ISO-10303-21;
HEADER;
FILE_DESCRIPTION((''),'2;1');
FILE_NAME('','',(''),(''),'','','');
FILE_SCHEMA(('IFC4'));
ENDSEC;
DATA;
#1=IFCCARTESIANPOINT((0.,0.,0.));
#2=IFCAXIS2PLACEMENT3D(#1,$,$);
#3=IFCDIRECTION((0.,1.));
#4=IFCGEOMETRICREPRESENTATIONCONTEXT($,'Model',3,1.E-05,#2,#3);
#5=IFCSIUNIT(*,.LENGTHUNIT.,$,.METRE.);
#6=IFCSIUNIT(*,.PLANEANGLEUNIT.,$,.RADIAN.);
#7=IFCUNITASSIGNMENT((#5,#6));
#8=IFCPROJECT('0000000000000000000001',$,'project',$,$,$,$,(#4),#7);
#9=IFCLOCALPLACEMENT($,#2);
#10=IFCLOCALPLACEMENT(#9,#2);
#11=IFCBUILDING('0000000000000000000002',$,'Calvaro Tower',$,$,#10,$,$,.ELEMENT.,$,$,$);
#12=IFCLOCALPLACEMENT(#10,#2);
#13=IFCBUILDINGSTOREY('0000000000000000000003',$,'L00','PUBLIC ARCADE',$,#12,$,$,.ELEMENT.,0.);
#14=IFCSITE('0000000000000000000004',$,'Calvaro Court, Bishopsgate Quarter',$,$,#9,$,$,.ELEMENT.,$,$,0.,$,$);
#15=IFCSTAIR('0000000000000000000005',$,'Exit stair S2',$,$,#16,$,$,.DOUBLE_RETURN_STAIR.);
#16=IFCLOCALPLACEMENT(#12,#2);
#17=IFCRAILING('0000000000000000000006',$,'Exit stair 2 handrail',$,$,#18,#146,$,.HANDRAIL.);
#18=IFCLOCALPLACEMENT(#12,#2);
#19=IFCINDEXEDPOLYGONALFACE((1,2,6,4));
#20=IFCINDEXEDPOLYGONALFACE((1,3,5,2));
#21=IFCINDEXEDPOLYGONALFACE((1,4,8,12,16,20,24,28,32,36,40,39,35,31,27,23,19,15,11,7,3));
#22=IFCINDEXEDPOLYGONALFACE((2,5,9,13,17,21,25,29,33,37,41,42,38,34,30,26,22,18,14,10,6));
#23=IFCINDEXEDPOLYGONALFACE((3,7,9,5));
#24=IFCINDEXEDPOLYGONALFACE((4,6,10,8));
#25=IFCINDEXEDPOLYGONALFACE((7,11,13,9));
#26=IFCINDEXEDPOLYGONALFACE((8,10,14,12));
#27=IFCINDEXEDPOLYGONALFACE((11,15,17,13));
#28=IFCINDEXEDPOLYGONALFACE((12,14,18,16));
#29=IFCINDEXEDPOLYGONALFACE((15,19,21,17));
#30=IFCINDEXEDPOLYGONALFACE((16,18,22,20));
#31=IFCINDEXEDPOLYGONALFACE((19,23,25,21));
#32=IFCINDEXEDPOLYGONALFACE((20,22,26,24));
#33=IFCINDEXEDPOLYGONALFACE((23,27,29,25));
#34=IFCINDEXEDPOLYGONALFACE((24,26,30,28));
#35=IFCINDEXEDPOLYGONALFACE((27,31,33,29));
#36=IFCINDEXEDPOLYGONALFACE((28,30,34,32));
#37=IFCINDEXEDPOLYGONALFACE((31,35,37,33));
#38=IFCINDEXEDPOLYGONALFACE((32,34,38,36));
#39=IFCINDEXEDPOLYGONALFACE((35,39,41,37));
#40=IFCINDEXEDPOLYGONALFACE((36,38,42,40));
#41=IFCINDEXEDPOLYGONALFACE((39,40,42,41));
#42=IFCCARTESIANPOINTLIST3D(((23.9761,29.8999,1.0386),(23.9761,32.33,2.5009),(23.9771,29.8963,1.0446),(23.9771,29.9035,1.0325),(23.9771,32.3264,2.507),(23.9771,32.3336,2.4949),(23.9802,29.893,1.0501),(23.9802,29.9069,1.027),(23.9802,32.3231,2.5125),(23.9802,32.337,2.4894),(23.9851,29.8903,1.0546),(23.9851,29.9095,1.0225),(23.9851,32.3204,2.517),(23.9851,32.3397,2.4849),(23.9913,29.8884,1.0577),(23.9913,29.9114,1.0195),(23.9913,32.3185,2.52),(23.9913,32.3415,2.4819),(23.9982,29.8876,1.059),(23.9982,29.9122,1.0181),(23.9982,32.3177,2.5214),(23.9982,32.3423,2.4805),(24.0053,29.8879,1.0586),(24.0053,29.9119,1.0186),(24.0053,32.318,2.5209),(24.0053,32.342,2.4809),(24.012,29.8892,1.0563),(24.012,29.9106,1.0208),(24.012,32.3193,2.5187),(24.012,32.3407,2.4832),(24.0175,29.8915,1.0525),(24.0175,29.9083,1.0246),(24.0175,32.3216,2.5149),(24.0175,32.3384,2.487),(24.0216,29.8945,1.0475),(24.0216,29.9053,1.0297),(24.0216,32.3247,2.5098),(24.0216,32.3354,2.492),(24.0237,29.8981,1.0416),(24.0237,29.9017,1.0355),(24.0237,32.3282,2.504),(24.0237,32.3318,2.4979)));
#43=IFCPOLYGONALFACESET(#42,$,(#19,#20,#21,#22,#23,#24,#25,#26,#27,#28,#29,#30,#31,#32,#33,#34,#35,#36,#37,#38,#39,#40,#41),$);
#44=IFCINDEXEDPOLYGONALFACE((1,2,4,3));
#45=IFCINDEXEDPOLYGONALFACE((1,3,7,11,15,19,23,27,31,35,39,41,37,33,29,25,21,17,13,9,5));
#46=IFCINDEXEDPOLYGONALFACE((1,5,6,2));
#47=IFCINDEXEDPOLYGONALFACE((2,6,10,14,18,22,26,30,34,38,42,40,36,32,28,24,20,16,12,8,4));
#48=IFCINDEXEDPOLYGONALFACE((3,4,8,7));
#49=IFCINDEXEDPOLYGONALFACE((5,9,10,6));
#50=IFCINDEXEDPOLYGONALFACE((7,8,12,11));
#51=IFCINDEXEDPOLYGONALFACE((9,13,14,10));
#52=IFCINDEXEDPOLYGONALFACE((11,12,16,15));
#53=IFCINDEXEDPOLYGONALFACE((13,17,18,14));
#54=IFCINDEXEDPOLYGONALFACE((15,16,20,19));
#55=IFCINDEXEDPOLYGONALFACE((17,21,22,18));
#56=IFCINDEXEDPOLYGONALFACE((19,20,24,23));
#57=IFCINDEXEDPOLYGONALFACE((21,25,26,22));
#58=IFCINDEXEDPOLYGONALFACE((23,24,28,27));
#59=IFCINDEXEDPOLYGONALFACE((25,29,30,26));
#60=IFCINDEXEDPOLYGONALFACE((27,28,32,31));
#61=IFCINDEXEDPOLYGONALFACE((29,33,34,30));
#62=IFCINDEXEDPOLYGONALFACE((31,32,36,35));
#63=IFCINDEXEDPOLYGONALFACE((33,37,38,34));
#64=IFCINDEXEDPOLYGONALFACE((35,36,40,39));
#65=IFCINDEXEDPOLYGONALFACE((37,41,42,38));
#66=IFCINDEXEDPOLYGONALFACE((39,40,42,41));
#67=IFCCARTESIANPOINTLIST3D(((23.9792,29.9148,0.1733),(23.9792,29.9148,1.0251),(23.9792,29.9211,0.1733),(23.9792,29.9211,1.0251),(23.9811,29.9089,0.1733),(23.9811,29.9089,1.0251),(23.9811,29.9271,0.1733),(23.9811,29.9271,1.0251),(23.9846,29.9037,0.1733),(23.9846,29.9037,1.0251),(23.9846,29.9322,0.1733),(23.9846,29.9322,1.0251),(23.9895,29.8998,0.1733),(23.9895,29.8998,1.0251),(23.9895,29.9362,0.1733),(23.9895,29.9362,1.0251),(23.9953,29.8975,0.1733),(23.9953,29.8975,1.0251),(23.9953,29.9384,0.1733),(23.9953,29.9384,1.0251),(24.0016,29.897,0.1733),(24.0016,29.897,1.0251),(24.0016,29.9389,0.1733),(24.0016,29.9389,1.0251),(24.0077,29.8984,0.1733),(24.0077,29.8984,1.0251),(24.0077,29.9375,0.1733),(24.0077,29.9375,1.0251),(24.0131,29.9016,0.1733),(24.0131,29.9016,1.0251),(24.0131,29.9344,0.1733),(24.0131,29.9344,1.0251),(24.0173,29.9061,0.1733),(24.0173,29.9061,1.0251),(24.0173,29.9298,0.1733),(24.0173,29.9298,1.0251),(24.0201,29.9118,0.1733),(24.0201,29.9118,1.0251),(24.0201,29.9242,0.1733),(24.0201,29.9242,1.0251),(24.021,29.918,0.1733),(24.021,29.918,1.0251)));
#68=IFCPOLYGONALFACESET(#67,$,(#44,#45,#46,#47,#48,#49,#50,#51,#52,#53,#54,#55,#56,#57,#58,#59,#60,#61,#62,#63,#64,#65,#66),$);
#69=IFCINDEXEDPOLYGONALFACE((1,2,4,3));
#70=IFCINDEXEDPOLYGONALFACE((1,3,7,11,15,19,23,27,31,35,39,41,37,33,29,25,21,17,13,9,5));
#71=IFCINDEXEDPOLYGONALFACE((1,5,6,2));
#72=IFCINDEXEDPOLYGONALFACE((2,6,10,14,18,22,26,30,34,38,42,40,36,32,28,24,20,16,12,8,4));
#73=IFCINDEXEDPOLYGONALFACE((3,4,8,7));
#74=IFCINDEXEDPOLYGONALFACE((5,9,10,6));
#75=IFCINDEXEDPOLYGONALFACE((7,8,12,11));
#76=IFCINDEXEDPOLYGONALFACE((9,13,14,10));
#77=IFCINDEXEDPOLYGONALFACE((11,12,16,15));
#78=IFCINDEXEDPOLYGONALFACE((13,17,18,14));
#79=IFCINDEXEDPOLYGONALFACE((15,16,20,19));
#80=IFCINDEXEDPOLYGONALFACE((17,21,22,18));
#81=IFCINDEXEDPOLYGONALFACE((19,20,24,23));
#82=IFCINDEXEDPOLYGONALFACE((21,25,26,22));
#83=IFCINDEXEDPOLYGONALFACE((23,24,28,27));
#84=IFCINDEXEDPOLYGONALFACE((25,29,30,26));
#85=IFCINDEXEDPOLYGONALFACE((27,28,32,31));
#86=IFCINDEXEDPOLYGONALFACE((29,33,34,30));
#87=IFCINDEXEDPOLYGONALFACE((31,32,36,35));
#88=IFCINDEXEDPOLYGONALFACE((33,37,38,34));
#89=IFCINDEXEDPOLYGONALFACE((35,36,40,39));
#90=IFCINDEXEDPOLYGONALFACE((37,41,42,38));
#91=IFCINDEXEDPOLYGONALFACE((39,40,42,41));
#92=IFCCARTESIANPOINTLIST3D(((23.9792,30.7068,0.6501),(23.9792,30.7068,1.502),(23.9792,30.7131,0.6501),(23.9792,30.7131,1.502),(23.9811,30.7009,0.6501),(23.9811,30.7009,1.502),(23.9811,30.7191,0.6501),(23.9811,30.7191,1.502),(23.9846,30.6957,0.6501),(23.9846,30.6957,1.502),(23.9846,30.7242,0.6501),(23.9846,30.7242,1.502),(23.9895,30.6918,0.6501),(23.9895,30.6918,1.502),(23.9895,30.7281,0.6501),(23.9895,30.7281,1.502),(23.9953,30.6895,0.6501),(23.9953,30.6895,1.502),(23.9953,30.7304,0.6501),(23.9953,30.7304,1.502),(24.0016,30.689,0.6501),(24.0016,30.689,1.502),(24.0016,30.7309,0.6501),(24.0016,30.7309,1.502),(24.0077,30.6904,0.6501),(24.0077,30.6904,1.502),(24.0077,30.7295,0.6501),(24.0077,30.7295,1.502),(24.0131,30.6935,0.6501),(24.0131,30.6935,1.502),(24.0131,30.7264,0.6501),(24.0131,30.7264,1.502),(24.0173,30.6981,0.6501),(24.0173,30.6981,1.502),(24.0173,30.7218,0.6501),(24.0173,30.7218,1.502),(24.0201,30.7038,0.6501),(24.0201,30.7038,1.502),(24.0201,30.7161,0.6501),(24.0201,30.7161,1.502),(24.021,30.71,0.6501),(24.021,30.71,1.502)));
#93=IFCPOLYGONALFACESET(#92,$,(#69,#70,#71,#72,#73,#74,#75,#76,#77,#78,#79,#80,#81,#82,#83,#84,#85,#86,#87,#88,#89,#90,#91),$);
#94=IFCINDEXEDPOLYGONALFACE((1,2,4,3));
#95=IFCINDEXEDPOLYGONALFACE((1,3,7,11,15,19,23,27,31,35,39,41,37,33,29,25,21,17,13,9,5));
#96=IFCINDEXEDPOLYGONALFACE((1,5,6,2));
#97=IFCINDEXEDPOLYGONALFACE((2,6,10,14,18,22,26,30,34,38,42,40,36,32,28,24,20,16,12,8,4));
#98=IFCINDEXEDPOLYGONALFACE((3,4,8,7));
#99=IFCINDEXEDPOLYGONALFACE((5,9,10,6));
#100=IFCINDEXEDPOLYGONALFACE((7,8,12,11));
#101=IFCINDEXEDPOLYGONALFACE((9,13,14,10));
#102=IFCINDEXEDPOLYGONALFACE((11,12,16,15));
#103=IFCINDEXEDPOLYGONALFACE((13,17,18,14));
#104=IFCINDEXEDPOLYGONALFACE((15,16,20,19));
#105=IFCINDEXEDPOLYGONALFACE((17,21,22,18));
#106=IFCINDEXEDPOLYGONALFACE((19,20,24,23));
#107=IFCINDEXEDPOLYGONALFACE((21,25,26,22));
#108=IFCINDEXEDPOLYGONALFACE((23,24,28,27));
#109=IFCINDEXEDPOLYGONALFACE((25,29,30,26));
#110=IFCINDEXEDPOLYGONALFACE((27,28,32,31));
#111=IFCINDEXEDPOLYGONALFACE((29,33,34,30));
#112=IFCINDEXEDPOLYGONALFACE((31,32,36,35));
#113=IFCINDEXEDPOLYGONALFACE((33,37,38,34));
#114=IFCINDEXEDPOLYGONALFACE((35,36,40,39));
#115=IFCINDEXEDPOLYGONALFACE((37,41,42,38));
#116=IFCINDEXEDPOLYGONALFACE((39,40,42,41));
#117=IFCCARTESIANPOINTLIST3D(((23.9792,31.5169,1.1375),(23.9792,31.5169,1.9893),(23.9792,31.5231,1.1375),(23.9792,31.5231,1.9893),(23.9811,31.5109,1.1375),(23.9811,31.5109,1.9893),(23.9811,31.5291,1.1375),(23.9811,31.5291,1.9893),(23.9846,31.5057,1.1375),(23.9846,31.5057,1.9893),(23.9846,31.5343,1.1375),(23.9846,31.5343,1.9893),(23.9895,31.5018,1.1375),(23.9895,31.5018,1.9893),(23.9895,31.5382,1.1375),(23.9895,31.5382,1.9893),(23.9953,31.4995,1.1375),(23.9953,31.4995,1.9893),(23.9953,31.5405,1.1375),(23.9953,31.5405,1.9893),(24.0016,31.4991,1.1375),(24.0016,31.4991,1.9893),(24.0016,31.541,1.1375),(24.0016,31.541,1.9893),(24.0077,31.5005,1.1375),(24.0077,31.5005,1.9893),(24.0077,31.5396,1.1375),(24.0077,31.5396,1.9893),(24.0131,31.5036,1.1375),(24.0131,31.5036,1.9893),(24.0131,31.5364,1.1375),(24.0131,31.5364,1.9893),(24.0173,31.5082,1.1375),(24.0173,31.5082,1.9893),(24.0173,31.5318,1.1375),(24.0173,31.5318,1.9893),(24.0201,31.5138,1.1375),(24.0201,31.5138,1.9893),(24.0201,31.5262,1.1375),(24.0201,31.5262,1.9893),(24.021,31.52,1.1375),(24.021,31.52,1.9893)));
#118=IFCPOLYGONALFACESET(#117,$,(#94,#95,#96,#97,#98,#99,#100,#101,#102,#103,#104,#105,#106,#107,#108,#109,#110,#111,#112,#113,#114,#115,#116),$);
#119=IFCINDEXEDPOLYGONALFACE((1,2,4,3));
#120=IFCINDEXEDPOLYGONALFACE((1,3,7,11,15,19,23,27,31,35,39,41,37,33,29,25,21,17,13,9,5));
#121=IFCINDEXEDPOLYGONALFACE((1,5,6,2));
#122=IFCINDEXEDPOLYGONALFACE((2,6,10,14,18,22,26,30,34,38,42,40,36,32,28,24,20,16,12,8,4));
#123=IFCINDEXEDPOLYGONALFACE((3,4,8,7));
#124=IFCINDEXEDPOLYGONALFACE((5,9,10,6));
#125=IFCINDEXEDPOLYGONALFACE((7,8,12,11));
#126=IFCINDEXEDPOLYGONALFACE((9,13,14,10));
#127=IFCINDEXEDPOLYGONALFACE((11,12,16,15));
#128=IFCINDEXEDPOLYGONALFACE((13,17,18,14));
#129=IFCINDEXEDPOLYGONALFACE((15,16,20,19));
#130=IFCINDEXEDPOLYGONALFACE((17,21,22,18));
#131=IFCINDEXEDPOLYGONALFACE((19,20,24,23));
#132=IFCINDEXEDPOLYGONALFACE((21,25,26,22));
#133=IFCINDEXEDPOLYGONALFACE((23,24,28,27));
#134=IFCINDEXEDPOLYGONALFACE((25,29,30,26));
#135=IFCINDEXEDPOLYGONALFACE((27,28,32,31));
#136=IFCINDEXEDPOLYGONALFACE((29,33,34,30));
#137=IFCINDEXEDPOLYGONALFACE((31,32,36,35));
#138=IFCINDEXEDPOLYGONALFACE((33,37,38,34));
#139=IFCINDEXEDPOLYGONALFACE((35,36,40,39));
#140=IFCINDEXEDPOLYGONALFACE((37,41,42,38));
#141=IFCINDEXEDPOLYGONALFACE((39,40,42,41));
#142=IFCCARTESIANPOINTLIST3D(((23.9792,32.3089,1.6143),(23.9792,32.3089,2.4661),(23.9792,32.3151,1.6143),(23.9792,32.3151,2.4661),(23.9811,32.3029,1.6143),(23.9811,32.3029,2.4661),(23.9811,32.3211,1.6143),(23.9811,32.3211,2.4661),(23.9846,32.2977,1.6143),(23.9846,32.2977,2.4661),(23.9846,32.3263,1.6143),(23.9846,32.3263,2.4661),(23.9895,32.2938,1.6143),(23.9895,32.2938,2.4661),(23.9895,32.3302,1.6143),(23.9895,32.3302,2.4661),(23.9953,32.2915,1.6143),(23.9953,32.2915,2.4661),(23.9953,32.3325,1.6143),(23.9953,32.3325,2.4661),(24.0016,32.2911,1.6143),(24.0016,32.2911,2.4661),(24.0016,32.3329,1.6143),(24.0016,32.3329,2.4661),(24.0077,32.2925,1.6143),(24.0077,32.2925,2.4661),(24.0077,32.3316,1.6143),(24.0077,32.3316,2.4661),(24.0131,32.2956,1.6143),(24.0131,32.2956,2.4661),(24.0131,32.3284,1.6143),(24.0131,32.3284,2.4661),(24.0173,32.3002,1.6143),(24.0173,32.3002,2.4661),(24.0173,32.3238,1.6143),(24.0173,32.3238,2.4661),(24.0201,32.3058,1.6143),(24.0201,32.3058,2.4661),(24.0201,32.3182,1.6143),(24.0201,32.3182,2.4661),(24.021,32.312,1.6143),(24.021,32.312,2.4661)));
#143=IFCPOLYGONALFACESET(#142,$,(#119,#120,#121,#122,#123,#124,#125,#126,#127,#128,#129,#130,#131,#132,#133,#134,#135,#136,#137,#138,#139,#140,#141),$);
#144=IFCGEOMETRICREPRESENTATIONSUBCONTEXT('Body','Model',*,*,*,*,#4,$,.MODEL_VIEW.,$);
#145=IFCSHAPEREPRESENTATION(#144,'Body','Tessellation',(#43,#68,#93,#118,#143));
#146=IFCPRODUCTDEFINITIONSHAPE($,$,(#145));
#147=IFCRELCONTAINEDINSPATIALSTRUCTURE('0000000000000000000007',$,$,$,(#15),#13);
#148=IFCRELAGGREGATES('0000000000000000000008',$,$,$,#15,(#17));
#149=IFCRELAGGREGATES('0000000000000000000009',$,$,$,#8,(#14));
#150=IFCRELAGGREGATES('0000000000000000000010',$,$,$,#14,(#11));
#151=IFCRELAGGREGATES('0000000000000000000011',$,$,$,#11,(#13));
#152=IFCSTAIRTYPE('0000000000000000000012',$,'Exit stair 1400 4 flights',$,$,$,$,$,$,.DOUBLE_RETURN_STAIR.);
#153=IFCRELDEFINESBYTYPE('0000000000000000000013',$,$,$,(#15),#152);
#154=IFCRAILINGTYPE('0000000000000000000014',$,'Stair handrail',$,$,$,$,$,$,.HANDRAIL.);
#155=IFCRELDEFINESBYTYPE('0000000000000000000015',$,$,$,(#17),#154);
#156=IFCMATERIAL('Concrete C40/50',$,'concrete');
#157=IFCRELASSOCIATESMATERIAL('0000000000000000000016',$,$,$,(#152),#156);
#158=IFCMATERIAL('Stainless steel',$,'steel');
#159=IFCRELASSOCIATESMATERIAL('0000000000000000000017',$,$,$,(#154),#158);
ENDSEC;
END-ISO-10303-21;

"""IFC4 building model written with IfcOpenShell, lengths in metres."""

from ifc_helpers import new_model, si_unit, direction, frame, origin, origin_2d, place, context, subcontext, project, spatial, circle, extrude, material, type_object, element, aggregate, save


model = new_model("IFC4")

# Units and contexts
model_context = context("Model", 3, precision=1e-05, world=origin(), true_north=direction((0.0, 1.0)))
body_context = subcontext(model_context, "Body", "Model", "MODEL_VIEW")
ifc_project = project(units=[si_unit("LENGTHUNIT", "METRE"), si_unit("PLANEANGLEUNIT", "RADIAN")], contexts=[model_context])

# Site, building, storey
site_placement = place(None, origin())
site = spatial("IfcSite", under=ifc_project, at=site_placement, Name="Calvaro Court, Bishopsgate Quarter", CompositionType="ELEMENT", RefElevation=0.0)
building_placement = place(site_placement, origin())
building = spatial("IfcBuilding", under=site, at=building_placement, Name="Calvaro Tower", CompositionType="ELEMENT")
storey_placement = place(building_placement, origin())
storey = spatial("IfcBuildingStorey", under=building, at=storey_placement, Name="L00", Description="PUBLIC ARCADE", CompositionType="ELEMENT", Elevation=0.0)

# Stair, railing
ifc_material_1 = material(Name="Concrete C40/50", Category="concrete")
stair_type = type_object("IfcStairType", Name="Exit stair 1400 4 flights", PredefinedType="DOUBLE_RETURN_STAIR", material=ifc_material_1)
stair_placement = place(storey_placement, origin())
stair = element("IfcStair", 1, at=stair_placement, inside=storey, type_object=stair_type, Name="Exit stair S2", PredefinedType="DOUBLE_RETURN_STAIR")
ifc_material_2 = material(Name="Stainless steel", Category="steel")
railing_type = type_object("IfcRailingType", Name="Stair handrail", PredefinedType="HANDRAIL", material=ifc_material_2)
railing_1_placement = place(storey_placement, frame((24.0, 29.8999, 0.1626)))
railing_1 = element("IfcRailing", 2, at=railing_1_placement, type_object=railing_type, Name="Exit stair 2 handrail", PredefinedType="HANDRAIL", context=body_context, shape_type="SweptSolid", body=[
    extrude(circle(Radius=0.0239, at=origin_2d()), frame((0.0, 0.0, 0.876), z_axis=(0.0, 0.856824, 0.515609), x_axis=(-1.0, 0.0, 0.0)), (0.0, 0.0, 1.0), 2.8362),
    extrude(circle(Radius=0.021, at=origin_2d()), frame((0.0, 0.0181, 0.0107)), (0.0, 0.0, 1.0), 0.8518),
    extrude(circle(Radius=0.021, at=origin_2d()), frame((0.0, 0.8101, 0.4875)), (0.0, 0.0, 1.0), 0.8518),
    extrude(circle(Radius=0.021, at=origin_2d()), frame((0.0, 1.6201, 0.9749)), (0.0, 0.0, 1.0), 0.8518),
    extrude(circle(Radius=0.021, at=origin_2d()), frame((0.0, 2.4121, 1.4517)), (0.0, 0.0, 1.0), 0.8518),
])
aggregate(stair, [railing_1])

save(model, "model.ifc")
